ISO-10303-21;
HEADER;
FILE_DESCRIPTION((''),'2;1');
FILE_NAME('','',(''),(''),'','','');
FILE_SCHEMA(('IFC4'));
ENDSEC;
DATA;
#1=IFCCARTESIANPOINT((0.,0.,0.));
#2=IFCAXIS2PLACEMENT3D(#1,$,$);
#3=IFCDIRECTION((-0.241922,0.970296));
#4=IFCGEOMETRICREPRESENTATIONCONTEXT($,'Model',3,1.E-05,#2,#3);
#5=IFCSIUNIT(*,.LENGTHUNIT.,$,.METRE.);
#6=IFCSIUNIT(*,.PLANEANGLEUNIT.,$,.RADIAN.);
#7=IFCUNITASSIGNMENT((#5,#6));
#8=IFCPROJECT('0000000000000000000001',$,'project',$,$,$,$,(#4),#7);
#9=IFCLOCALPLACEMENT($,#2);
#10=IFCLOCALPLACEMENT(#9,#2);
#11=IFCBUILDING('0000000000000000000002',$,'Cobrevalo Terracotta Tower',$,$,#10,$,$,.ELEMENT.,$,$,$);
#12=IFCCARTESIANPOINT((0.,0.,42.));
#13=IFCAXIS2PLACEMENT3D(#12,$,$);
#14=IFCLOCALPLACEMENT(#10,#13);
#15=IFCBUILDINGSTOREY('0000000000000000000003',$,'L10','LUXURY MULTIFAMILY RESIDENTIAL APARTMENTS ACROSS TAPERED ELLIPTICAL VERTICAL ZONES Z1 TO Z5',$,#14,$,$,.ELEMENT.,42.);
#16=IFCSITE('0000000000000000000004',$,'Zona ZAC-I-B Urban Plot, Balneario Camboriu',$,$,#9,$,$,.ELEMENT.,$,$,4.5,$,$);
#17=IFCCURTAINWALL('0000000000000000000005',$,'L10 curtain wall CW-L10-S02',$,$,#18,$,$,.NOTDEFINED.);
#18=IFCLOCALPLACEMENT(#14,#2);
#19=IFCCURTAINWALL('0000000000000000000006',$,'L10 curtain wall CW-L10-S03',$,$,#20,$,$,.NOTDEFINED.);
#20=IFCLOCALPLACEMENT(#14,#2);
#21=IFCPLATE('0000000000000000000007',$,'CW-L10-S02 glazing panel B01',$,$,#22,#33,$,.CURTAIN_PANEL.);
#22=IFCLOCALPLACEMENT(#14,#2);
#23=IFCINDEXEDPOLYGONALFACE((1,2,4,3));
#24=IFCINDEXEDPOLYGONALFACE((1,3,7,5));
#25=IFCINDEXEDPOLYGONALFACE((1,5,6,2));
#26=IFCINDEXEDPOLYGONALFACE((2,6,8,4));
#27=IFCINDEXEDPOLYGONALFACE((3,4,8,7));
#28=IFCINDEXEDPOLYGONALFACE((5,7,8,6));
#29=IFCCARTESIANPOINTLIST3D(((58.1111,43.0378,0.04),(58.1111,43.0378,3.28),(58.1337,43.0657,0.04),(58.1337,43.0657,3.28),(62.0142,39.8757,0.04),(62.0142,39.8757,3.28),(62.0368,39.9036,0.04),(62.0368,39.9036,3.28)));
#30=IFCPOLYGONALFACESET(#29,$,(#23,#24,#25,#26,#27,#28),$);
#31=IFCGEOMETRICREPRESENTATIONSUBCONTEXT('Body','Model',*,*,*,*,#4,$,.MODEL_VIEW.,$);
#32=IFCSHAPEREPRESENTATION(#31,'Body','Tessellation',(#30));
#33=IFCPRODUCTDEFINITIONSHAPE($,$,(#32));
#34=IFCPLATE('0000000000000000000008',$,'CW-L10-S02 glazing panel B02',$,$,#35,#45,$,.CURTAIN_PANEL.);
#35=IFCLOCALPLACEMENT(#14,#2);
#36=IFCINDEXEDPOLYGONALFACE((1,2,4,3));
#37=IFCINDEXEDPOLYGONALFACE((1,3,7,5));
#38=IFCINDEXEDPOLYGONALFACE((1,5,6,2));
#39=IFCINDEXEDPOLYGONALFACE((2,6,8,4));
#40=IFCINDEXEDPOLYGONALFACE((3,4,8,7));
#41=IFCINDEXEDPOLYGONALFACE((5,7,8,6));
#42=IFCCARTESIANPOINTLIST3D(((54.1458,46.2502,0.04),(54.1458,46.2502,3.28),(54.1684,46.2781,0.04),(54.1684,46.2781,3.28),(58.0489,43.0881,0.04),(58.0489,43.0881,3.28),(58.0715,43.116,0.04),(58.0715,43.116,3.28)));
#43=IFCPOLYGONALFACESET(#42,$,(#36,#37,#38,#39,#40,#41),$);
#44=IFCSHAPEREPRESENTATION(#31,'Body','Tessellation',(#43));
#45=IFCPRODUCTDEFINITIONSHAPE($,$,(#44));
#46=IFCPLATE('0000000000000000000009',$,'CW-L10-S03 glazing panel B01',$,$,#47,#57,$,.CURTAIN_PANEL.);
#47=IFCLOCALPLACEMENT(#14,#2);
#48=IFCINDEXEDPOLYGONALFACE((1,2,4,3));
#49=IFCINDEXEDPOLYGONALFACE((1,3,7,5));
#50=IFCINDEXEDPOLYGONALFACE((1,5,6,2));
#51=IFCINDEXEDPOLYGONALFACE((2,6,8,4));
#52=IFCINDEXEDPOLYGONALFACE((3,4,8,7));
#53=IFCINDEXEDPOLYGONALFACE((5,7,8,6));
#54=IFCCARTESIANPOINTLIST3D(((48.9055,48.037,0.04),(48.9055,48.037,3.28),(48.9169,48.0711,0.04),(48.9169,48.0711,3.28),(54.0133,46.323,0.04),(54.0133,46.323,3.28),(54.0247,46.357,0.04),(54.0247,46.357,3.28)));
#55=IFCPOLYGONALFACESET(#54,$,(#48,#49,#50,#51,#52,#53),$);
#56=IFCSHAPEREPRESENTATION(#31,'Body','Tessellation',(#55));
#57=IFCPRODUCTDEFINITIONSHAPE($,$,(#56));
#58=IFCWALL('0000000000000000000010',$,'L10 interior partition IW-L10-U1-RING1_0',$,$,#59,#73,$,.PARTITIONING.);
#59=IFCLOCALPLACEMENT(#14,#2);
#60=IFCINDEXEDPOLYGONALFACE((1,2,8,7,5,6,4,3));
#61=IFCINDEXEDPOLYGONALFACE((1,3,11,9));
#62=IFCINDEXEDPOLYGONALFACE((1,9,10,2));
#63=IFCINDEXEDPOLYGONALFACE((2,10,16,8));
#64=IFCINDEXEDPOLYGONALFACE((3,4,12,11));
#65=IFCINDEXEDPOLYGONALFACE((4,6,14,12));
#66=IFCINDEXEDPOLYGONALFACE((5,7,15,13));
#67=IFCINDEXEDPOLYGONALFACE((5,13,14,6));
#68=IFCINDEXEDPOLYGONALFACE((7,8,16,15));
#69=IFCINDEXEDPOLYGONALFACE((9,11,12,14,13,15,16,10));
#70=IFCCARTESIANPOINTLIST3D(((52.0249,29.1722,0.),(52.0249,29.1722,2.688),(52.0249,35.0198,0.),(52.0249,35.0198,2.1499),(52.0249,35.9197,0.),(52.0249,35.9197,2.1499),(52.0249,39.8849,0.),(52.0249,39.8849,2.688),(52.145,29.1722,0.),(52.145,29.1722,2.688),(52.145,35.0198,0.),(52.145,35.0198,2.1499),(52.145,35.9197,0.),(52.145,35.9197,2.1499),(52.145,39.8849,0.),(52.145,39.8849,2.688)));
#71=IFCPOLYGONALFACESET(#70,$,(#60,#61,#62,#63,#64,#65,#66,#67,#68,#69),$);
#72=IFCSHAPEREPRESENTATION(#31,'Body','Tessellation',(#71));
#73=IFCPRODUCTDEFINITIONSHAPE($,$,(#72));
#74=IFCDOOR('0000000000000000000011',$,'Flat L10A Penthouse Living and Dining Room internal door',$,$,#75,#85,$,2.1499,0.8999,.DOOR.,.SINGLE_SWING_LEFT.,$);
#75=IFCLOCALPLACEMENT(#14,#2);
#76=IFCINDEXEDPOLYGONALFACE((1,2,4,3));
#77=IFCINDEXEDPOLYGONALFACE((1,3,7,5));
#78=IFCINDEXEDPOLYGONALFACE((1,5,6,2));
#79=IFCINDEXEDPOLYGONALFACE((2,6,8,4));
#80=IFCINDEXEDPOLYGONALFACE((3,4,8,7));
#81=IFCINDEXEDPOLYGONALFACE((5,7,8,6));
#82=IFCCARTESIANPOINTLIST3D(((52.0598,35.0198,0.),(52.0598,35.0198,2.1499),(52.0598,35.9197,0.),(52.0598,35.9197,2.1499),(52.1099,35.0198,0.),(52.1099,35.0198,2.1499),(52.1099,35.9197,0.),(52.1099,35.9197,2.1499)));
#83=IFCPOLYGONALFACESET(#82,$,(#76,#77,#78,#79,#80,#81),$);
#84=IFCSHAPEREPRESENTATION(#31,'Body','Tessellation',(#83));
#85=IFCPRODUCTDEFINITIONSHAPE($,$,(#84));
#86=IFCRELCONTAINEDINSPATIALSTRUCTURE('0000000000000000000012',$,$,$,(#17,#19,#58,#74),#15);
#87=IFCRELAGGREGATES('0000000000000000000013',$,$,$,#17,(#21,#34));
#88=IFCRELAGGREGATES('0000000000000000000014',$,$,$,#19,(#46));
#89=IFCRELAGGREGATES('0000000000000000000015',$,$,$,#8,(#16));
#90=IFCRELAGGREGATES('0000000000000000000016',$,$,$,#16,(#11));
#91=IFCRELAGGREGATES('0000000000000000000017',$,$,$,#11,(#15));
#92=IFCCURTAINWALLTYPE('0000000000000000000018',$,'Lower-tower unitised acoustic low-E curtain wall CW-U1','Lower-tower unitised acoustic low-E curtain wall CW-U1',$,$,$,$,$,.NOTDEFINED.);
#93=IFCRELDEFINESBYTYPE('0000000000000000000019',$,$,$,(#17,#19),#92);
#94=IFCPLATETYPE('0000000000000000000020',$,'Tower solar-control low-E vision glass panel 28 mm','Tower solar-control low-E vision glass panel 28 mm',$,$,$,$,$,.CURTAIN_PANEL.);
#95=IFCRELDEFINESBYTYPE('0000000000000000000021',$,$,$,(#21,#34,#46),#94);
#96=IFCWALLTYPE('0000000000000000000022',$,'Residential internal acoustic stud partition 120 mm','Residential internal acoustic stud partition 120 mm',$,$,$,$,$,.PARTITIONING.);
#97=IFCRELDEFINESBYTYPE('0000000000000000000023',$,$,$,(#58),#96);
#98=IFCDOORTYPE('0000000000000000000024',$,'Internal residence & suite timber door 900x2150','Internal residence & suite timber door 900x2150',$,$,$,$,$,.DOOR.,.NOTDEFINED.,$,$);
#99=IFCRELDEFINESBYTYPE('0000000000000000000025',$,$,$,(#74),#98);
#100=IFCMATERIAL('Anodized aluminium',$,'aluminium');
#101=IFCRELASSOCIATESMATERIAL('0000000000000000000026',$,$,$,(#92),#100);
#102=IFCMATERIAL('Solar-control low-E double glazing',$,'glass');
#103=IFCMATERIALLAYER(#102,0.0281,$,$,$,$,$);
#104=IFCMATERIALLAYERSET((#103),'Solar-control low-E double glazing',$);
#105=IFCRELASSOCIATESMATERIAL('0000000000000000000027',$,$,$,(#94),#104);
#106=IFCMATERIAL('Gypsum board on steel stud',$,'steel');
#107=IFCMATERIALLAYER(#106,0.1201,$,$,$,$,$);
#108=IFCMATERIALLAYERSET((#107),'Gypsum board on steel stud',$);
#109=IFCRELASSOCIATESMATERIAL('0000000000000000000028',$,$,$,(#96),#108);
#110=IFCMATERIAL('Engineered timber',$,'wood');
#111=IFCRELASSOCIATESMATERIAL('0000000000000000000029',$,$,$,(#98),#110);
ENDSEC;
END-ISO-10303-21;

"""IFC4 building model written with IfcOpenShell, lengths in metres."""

from ifc_helpers import new_model, si_unit, direction, frame, frame_2d, origin, origin_2d, place, context, subcontext, project, spatial, rectangle, extrude, source, transform, mapped, material, layer, layer_set, type_object, element, fill, aggregate, save


model = new_model("IFC4")

# Units and contexts
model_context = context("Model", 3, precision=1e-05, world=origin(), true_north=direction((-0.241922, 0.970296)))
body_context = subcontext(model_context, "Body", "Model", "MODEL_VIEW")
ifc_project = project(units=[si_unit("LENGTHUNIT", "METRE"), si_unit("PLANEANGLEUNIT", "RADIAN")], contexts=[model_context])

# Site, building, storey
site_placement = place(None, origin())
site = spatial("IfcSite", under=ifc_project, at=site_placement, Name="Zona ZAC-I-B Urban Plot, Balneario Camboriu", CompositionType="ELEMENT", RefElevation=4.5)
building_placement = place(site_placement, origin())
building = spatial("IfcBuilding", under=site, at=building_placement, Name="Cobrevalo Terracotta Tower", CompositionType="ELEMENT")
storey_placement = place(building_placement, frame((0.0, 0.0, 42.0)))
storey = spatial("IfcBuildingStorey", under=building, at=storey_placement, Name="L10", Description="LUXURY MULTIFAMILY RESIDENTIAL APARTMENTS ACROSS TAPERED ELLIPTICAL VERTICAL ZONES Z1 TO Z5", CompositionType="ELEMENT", Elevation=42.0)

# Curtain walls
ifc_material_1 = material(Name="Anodized aluminium", Category="aluminium")
curtain_wall_type = type_object("IfcCurtainWallType", Name="Lower-tower unitised acoustic low-E curtain wall CW-U1", Description="Lower-tower unitised acoustic low-E curtain wall CW-U1", PredefinedType="NOTDEFINED", material=ifc_material_1)
curtain_wall_1_placement = place(storey_placement, origin())
curtain_wall_1 = element("IfcCurtainWall", 1, at=curtain_wall_1_placement, inside=storey, type_object=curtain_wall_type, Name="L10 curtain wall CW-L10-S02", PredefinedType="NOTDEFINED")
curtain_wall_2_placement = place(storey_placement, origin())
curtain_wall_2 = element("IfcCurtainWall", 2, at=curtain_wall_2_placement, inside=storey, type_object=curtain_wall_type, Name="L10 curtain wall CW-L10-S03", PredefinedType="NOTDEFINED")

# Plates
ifc_material_2 = material(Name="Solar-control low-E double glazing", Category="glass")
ifc_layer_1 = layer(ifc_material_2, 0.0281)
ifc_layer_set_1 = layer_set([ifc_layer_1], Name="Solar-control low-E double glazing")
plate_type = type_object("IfcPlateType", Name="Tower solar-control low-E vision glass panel 28 mm", Description="Tower solar-control low-E vision glass panel 28 mm", PredefinedType="CURTAIN_PANEL", material=ifc_layer_set_1)
shared_shape_1 = source(origin(), body_context, "Body", "SweptSolid", [
    extrude(rectangle(XDim=5.0232, YDim=0.0359, at=origin_2d()), origin(), (0.0, 0.0, 1.0), 3.24),
])
plate_1_placement = place(storey_placement, frame((60.074, 41.4707, 0.04), z_axis=(0.0, 0.0, 1.0), x_axis=(-0.777008, 0.629491, 0.0)))
plate_1 = element("IfcPlate", 3, at=plate_1_placement, type_object=plate_type, Name="CW-L10-S02 glazing panel B01", PredefinedType="CURTAIN_PANEL", context=body_context, shape_type="MappedRepresentation", body=[
    mapped(shared_shape_1, transform((0.0, 0.0, 0.0), scale=1.0)),
])
plate_2_placement = place(storey_placement, frame((56.1086, 44.6831, 0.04), z_axis=(0.0, 0.0, 1.0), x_axis=(-0.777008, 0.629491, 0.0)))
plate_2 = element("IfcPlate", 4, at=plate_2_placement, type_object=plate_type, Name="CW-L10-S02 glazing panel B02", PredefinedType="CURTAIN_PANEL", context=body_context, shape_type="MappedRepresentation", body=[
    mapped(shared_shape_1, transform((0.0, 0.0, 0.0), scale=1.0)),
])
aggregate(curtain_wall_1, [plate_1, plate_2])
shared_shape_2 = source(origin(), body_context, "Body", "SweptSolid", [
    extrude(rectangle(XDim=5.3877, YDim=0.0359, at=origin_2d()), origin(), (0.0, 0.0, 1.0), 3.24),
])
plate_3_placement = place(storey_placement, frame((51.4651, 47.197, 0.04), z_axis=(0.0, 0.0, 1.0), x_axis=(-0.948044, 0.318139, 0.0)))
plate_3 = element("IfcPlate", 5, at=plate_3_placement, type_object=plate_type, Name="CW-L10-S03 glazing panel B01", PredefinedType="CURTAIN_PANEL", context=body_context, shape_type="MappedRepresentation", body=[
    mapped(shared_shape_2, transform((0.0, 0.0, 0.0), scale=1.0)),
])
aggregate(curtain_wall_2, [plate_3])

# Wall, opening, door
ifc_material_3 = material(Name="Gypsum board on steel stud", Category="steel")
ifc_layer_2 = layer(ifc_material_3, 0.1201)
ifc_layer_set_2 = layer_set([ifc_layer_2], Name="Gypsum board on steel stud")
wall_type = type_object("IfcWallType", Name="Residential internal acoustic stud partition 120 mm", Description="Residential internal acoustic stud partition 120 mm", PredefinedType="PARTITIONING", material=ifc_layer_set_2)
wall_placement = place(storey_placement, frame((52.085, 39.885, 0.0), z_axis=(0.0, 0.0, 1.0), x_axis=(0.0, -1.0, 0.0)))
wall = element("IfcWall", 6, at=wall_placement, inside=storey, type_object=wall_type, Name="L10 interior partition IW-L10-U1-RING1_0", PredefinedType="PARTITIONING", context=body_context, shape_type="SweptSolid", body=[
    extrude(rectangle(XDim=10.7126, YDim=0.1201, at=frame_2d((5.3564, 0.0))), origin(), (0.0, 0.0, 1.0), 2.688),
])
opening_placement = place(wall_placement, frame((3.9653, 0.0, 0.0)))
opening = element("IfcOpeningElement", 7, at=opening_placement, cuts=wall, PredefinedType="OPENING", context=body_context, shape_type="SweptSolid", body=[
    extrude(rectangle(XDim=0.8999, YDim=2.1499, at=frame_2d((0.45, 1.075))), frame((0.0, 0.0701, 0.0), z_axis=(0.0, -1.0, 0.0), x_axis=(1.0, 0.0, 0.0)), (0.0, 0.0, 1.0), 0.1401),
])
ifc_material_4 = material(Name="Engineered timber", Category="wood")
door_type = type_object("IfcDoorType", Name="Internal residence & suite timber door 900x2150", Description="Internal residence & suite timber door 900x2150", OperationType="NOTDEFINED", PredefinedType="DOOR", material=ifc_material_4)
shared_shape_3 = source(origin(), body_context, "Body", "SweptSolid", [
    extrude(rectangle(XDim=0.8999, YDim=2.1499, at=frame_2d((0.45, 1.075))), frame((0.0, 0.0249, 0.0), z_axis=(0.0, -1.0, 0.0), x_axis=(1.0, 0.0, 0.0)), (0.0, 0.0, 1.0), 0.05),
])
door_placement = place(opening_placement, origin())
door = element("IfcDoor", 8, at=door_placement, inside=storey, type_object=door_type, Name="Flat L10A Penthouse Living and Dining Room internal door", OperationType="SINGLE_SWING_LEFT", OverallHeight=2.1499, OverallWidth=0.8999, PredefinedType="DOOR", context=body_context, shape_type="MappedRepresentation", body=[
    mapped(shared_shape_3, transform((0.0, 0.0, 0.0), scale=1.0)),
])
fill(opening, door)

save(model, "model.ifc")
